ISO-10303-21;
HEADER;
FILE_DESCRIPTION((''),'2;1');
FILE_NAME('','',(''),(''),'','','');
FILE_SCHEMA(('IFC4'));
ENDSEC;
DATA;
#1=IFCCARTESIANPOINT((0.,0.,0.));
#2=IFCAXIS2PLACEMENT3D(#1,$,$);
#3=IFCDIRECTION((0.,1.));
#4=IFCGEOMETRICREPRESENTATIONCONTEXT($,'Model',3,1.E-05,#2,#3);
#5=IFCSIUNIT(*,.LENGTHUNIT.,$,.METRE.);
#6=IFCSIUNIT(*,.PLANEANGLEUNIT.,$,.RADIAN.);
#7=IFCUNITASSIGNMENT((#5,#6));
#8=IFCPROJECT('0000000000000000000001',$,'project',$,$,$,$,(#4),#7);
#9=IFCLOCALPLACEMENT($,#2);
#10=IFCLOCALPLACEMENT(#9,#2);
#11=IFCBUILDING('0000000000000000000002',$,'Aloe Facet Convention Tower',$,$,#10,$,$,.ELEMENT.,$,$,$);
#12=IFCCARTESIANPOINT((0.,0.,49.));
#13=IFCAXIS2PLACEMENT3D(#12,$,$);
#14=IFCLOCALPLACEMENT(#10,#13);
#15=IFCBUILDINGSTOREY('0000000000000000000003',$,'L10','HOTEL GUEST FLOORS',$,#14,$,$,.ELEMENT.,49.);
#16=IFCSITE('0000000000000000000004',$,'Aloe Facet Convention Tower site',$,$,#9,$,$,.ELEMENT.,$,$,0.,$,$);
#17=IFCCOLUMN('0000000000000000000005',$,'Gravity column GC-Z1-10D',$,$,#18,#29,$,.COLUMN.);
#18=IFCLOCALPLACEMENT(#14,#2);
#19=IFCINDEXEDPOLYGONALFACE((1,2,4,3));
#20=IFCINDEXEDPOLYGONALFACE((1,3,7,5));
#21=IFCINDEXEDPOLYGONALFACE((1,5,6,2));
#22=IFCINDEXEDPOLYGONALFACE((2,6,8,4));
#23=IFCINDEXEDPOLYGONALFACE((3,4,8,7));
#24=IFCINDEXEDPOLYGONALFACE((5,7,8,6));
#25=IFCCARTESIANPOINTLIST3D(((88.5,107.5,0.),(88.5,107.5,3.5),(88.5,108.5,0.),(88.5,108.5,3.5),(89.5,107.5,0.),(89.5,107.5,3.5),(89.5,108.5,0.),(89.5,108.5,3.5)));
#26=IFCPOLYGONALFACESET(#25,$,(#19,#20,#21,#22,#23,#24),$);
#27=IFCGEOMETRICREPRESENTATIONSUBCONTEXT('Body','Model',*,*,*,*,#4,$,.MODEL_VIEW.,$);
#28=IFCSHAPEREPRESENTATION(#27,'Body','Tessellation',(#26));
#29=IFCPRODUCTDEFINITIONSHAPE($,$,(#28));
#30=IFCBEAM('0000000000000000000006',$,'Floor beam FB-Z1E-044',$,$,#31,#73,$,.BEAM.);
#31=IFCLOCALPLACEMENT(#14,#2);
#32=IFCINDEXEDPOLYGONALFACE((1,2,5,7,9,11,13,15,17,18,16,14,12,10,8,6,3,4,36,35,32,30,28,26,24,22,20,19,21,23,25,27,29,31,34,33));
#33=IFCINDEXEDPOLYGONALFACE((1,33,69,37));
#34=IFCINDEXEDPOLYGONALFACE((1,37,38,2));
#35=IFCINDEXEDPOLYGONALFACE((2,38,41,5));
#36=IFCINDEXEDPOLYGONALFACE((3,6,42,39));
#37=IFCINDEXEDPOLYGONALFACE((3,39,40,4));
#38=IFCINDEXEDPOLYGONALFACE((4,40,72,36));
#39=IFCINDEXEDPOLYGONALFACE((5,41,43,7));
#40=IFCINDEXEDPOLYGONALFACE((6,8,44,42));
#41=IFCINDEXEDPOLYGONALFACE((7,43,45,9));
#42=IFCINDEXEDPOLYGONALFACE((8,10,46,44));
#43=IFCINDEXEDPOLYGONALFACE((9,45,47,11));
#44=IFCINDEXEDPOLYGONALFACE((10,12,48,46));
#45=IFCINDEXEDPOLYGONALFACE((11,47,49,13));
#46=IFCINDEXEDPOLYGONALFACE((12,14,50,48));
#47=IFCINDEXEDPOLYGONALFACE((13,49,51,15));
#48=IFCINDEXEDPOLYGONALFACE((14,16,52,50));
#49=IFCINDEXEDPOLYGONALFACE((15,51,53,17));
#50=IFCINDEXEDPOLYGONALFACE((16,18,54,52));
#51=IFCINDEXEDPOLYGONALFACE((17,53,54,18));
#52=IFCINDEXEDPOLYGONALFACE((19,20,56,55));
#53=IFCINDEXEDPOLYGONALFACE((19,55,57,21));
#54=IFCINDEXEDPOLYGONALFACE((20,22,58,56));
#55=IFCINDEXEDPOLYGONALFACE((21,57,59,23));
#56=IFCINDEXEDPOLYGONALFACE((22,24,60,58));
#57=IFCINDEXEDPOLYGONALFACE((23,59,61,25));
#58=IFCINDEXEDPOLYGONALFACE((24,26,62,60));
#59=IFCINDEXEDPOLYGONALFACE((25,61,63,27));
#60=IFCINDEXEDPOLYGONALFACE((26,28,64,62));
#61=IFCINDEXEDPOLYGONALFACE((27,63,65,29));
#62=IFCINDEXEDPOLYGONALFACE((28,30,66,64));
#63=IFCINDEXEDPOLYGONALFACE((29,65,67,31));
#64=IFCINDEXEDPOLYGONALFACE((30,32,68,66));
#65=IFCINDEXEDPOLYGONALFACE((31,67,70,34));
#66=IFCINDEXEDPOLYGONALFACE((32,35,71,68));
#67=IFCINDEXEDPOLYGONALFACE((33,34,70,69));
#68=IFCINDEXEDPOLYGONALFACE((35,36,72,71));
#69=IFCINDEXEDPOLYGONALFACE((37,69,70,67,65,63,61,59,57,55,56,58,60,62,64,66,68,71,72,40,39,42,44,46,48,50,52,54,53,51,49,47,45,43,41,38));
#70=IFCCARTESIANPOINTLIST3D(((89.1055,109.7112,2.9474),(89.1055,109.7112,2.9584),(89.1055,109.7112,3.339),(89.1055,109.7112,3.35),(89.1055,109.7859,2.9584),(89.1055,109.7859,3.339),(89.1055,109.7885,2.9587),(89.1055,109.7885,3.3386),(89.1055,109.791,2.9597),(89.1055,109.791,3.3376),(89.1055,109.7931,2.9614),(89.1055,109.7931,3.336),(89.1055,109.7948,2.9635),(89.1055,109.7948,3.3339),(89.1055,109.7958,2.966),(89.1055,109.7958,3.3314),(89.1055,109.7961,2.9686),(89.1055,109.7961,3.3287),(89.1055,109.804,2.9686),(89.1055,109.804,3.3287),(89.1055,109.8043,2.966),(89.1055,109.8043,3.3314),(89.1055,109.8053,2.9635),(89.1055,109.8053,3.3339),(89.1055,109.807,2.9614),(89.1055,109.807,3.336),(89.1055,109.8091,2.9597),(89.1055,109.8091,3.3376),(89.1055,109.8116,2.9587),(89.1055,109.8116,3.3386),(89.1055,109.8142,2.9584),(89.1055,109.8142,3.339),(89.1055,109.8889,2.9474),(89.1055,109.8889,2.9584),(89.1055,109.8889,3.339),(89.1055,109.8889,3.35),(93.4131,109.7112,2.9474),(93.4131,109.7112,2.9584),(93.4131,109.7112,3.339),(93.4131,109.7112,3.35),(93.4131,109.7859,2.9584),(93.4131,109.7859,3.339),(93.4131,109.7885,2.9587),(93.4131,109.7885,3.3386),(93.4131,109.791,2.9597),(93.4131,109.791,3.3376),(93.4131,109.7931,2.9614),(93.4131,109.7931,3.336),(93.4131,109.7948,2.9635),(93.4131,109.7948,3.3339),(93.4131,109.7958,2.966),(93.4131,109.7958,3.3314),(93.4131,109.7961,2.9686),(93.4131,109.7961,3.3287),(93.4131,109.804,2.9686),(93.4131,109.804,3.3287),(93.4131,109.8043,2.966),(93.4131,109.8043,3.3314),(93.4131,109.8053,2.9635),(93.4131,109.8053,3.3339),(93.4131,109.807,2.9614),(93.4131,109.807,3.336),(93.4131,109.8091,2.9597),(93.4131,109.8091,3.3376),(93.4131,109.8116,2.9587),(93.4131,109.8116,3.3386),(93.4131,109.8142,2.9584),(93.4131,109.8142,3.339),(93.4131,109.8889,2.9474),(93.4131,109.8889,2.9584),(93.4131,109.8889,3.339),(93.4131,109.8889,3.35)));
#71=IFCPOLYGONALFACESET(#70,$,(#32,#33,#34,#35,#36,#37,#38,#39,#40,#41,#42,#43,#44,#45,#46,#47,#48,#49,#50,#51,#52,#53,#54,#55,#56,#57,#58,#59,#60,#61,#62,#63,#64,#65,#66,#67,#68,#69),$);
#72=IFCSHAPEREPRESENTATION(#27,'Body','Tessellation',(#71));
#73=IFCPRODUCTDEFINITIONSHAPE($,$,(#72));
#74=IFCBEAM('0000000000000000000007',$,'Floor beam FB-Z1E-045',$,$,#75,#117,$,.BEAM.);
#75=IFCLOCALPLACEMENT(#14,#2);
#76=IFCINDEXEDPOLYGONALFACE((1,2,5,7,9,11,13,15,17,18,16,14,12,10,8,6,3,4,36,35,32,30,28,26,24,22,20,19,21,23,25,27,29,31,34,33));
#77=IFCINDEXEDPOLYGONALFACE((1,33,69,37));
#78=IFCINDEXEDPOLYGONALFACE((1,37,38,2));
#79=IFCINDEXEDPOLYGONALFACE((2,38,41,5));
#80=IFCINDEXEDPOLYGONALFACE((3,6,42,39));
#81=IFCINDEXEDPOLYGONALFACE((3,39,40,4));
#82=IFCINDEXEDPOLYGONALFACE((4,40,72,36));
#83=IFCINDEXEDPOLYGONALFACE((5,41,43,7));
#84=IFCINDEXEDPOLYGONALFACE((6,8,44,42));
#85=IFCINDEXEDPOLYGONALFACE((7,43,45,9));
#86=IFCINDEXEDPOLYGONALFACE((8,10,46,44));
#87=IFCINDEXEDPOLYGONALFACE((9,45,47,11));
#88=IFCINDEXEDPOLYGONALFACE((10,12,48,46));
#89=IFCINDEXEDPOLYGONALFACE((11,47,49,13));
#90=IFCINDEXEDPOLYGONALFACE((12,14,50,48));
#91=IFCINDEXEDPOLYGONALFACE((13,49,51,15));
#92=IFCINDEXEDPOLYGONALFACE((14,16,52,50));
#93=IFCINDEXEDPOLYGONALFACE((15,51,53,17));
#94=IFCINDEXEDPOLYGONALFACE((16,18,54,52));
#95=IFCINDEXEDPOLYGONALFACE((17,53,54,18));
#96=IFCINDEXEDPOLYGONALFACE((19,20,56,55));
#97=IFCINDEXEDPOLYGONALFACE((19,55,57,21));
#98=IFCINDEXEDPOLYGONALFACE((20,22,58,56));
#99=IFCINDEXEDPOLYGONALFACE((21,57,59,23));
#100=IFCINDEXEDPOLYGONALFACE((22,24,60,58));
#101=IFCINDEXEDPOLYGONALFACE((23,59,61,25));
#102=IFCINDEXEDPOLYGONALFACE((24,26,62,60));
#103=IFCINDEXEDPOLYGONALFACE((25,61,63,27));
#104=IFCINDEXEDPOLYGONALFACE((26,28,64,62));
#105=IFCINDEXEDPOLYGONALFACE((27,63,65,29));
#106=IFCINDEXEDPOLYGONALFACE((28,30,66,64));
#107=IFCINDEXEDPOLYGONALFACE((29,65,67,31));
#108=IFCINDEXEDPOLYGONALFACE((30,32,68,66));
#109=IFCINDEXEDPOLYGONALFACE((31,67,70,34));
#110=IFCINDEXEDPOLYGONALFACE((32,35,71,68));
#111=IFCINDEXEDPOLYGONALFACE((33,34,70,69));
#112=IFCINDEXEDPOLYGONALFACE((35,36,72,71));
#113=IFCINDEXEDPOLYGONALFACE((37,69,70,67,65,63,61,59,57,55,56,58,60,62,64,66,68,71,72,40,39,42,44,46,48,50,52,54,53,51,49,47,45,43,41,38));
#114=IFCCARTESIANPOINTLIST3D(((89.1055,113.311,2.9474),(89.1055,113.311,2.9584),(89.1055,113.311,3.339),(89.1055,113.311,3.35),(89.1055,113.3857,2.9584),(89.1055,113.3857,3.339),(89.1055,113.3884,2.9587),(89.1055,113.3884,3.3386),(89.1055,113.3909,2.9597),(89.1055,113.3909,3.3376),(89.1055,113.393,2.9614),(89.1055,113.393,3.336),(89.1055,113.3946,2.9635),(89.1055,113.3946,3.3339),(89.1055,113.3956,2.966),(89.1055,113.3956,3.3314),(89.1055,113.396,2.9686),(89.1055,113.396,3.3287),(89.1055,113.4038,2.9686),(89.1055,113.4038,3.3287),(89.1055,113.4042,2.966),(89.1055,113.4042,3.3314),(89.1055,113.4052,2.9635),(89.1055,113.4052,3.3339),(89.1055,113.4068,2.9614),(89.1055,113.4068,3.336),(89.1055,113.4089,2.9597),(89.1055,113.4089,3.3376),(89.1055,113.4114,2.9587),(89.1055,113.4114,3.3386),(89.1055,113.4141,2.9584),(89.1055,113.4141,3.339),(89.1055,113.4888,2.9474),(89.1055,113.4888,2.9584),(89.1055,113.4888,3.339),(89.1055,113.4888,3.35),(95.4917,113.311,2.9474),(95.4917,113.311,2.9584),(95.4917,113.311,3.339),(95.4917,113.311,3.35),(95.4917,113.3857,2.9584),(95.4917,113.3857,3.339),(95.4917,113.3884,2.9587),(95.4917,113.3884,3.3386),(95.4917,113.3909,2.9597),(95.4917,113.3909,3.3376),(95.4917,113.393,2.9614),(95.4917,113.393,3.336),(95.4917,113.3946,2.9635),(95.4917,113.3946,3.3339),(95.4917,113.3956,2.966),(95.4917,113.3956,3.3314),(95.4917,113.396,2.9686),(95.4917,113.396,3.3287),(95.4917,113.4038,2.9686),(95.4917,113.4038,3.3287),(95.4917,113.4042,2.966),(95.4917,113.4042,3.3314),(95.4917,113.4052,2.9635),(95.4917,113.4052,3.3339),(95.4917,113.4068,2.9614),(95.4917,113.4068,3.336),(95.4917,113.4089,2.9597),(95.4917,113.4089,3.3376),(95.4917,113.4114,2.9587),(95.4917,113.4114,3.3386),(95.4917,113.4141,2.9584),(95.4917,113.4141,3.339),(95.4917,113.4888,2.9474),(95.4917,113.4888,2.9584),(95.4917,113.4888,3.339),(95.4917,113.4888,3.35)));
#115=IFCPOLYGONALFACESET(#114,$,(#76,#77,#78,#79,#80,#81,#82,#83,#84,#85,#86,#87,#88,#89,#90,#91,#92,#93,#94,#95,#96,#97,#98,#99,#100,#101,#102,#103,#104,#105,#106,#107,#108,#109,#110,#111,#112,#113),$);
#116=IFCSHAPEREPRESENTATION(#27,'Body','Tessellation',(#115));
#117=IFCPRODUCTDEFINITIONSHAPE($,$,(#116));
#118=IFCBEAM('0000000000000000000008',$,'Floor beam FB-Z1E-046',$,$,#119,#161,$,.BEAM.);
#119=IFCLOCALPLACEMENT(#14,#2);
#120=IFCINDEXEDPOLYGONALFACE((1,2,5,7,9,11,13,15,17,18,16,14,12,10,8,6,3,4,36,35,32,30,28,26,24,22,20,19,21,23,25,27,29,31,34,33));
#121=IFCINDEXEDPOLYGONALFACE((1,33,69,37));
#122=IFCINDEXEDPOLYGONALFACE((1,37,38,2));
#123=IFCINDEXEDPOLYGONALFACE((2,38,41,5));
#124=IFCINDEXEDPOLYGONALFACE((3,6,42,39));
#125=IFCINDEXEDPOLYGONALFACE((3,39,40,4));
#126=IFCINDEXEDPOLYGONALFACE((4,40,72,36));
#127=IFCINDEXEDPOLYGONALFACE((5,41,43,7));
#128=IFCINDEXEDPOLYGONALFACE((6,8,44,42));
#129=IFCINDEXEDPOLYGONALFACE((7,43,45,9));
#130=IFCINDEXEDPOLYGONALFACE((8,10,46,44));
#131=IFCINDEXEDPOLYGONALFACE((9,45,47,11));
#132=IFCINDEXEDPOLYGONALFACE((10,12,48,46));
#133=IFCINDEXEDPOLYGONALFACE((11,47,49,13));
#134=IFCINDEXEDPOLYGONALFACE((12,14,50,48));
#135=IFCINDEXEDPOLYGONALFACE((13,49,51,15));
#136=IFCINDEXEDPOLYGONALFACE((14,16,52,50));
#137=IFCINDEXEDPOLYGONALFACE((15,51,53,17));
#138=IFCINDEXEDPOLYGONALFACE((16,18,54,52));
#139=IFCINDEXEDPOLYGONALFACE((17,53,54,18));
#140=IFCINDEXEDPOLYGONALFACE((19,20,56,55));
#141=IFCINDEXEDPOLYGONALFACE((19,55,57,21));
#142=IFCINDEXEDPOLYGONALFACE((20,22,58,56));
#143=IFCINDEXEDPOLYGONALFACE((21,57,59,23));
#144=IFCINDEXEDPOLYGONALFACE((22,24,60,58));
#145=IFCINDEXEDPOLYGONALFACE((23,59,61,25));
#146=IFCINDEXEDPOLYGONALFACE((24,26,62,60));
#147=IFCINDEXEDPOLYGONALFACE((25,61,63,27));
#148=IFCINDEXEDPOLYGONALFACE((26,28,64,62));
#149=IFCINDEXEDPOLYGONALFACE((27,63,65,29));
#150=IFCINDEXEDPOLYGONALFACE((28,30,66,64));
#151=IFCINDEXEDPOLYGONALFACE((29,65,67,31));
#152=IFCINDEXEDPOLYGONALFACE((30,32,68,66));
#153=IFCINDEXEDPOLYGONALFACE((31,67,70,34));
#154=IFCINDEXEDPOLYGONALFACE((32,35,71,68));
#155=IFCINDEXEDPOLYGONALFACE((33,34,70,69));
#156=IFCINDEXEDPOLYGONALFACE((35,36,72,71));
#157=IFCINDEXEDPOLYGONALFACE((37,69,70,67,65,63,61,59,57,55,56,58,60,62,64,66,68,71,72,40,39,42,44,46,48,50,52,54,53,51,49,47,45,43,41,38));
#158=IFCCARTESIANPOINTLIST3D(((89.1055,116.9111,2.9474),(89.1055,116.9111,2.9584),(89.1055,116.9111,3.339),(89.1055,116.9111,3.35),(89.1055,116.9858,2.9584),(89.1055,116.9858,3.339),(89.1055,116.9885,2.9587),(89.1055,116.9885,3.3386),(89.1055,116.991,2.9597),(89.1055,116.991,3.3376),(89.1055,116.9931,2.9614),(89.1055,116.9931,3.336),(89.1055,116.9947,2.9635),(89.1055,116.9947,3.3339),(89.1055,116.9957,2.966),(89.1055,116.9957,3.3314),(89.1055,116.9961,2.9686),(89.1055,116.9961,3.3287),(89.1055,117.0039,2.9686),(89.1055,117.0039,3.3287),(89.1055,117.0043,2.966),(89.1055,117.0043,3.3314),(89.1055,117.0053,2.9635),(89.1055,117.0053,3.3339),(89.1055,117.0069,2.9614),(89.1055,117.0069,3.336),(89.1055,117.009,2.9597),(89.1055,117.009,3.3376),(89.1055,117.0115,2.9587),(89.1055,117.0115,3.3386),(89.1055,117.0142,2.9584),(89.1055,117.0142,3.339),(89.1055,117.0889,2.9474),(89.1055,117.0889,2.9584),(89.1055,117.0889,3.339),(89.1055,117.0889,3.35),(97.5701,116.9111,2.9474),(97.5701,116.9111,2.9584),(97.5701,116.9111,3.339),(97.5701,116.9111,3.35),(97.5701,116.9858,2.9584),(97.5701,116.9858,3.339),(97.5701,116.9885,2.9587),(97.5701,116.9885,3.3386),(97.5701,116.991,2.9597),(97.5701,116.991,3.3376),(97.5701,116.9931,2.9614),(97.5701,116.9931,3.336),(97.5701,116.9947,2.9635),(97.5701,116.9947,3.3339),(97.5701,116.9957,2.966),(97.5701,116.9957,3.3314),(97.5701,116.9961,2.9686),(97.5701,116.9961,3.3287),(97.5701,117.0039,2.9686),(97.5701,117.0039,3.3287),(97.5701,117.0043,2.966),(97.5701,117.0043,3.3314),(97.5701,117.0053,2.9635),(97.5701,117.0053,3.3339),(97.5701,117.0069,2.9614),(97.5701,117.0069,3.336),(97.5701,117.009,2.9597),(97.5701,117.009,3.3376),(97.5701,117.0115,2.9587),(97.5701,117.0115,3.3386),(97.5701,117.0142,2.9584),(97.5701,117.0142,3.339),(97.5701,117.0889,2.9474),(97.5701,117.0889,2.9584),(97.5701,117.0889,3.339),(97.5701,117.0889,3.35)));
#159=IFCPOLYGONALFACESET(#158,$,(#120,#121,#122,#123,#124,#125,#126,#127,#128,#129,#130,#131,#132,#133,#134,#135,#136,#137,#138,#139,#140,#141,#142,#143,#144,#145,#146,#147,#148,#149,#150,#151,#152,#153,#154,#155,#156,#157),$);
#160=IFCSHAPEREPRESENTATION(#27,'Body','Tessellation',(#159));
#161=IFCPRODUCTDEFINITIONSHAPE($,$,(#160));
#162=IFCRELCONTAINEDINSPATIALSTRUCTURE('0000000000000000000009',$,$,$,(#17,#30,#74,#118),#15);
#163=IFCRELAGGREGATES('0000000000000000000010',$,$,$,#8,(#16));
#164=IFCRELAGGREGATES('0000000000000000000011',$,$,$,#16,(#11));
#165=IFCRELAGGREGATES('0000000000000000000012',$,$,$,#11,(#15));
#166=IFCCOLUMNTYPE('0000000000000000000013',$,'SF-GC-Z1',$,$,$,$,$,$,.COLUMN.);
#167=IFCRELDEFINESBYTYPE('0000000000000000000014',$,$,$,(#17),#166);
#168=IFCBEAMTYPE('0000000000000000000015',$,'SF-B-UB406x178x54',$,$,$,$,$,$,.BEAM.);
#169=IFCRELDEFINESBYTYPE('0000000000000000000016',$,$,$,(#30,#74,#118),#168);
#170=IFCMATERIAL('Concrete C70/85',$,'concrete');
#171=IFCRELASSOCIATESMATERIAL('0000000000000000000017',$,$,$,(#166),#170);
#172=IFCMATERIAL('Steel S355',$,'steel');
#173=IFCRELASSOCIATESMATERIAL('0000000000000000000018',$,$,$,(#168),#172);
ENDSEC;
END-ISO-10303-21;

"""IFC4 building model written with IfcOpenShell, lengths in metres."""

from ifc_helpers import new_model, si_unit, direction, frame, origin, origin_2d, place, context, subcontext, project, spatial, rectangle, i_section, extrude, material, material_profile, profile_set, type_object, element, save


model = new_model("IFC4")

# Units and contexts
model_context = context("Model", 3, precision=1e-05, world=origin(), true_north=direction((0.0, 1.0)))
body_context = subcontext(model_context, "Body", "Model", "MODEL_VIEW")
ifc_project = project(units=[si_unit("LENGTHUNIT", "METRE"), si_unit("PLANEANGLEUNIT", "RADIAN")], contexts=[model_context])

# Site, building, storey
site_placement = place(None, origin())
site = spatial("IfcSite", under=ifc_project, at=site_placement, Name="Aloe Facet Convention Tower site", CompositionType="ELEMENT", RefElevation=0.0)
building_placement = place(site_placement, origin())
building = spatial("IfcBuilding", under=site, at=building_placement, Name="Aloe Facet Convention Tower", CompositionType="ELEMENT")
storey_placement = place(building_placement, frame((0.0, 0.0, 49.0)))
storey = spatial("IfcBuildingStorey", under=building, at=storey_placement, Name="L10", Description="HOTEL GUEST FLOORS", CompositionType="ELEMENT", Elevation=49.0)

# Column
ifc_material_1 = material(Name="Concrete C70/85", Category="concrete")
ifc_material_profile_1 = material_profile(ifc_material_1, rectangle(XDim=1.0, YDim=1.0, at=origin_2d()), Name="SF-GC-Z1")
ifc_profile_set_1 = profile_set([ifc_material_profile_1], Name="Concrete C70/85")
column_type = type_object("IfcColumnType", Name="SF-GC-Z1", PredefinedType="COLUMN", material=ifc_profile_set_1)
column_placement = place(storey_placement, frame((89.0, 108.0, 0.0), z_axis=(0.0, 0.0, 1.0), x_axis=(1.0, 0.0, 0.0)))
element("IfcColumn", 1, at=column_placement, inside=storey, type_object=column_type, Name="Gravity column GC-Z1-10D", PredefinedType="COLUMN", context=body_context, shape_type="SweptSolid", body=[
    extrude(rectangle(XDim=1.0, YDim=1.0, at=origin_2d()), origin(), (0.0, 0.0, 1.0), 3.5),
])

# Beams
ifc_material_2 = material(Name="Steel S355", Category="steel")
ifc_material_profile_2 = material_profile(ifc_material_2, i_section(OverallWidth=0.1777, OverallDepth=0.4026, WebThickness=0.0078, FlangeThickness=0.011, FilletRadius=0.0103, at=origin_2d()), Name="UB 406x178x54")
ifc_profile_set_2 = profile_set([ifc_material_profile_2], Name="Steel S355")
beam_type_1 = type_object("IfcBeamType", Name="SF-B-UB406x178x54", PredefinedType="BEAM", material=ifc_profile_set_2)
beam_1_placement = place(storey_placement, frame((89.1055, 109.8, 3.1487), z_axis=(1.0, 0.0, 0.0), x_axis=(0.0, 1.0, 0.0)))
element("IfcBeam", 2, at=beam_1_placement, inside=storey, type_object=beam_type_1, Name="Floor beam FB-Z1E-044", PredefinedType="BEAM", context=body_context, shape_type="SweptSolid", body=[
    extrude(i_section(OverallWidth=0.1777, OverallDepth=0.4026, WebThickness=0.0078, FlangeThickness=0.011, FilletRadius=0.0103, at=origin_2d()), origin(), (0.0, 0.0, 1.0), 4.3076),
])
beam_2_placement = place(storey_placement, frame((89.1055, 113.3999, 3.1487), z_axis=(1.0, 0.0, 0.0), x_axis=(0.0, 1.0, 0.0)))
element("IfcBeam", 3, at=beam_2_placement, inside=storey, type_object=beam_type_1, Name="Floor beam FB-Z1E-045", PredefinedType="BEAM", context=body_context, shape_type="SweptSolid", body=[
    extrude(i_section(OverallWidth=0.1777, OverallDepth=0.4026, WebThickness=0.0078, FlangeThickness=0.011, FilletRadius=0.0103, at=origin_2d()), origin(), (0.0, 0.0, 1.0), 6.3862),
])
beam_3_placement = place(storey_placement, frame((89.1055, 117.0, 3.1487), z_axis=(1.0, 0.0, 0.0), x_axis=(0.0, 1.0, 0.0)))
element("IfcBeam", 4, at=beam_3_placement, inside=storey, type_object=beam_type_1, Name="Floor beam FB-Z1E-046", PredefinedType="BEAM", context=body_context, shape_type="SweptSolid", body=[
    extrude(i_section(OverallWidth=0.1777, OverallDepth=0.4026, WebThickness=0.0078, FlangeThickness=0.011, FilletRadius=0.0103, at=origin_2d()), origin(), (0.0, 0.0, 1.0), 8.4646),
])

save(model, "model.ifc")
